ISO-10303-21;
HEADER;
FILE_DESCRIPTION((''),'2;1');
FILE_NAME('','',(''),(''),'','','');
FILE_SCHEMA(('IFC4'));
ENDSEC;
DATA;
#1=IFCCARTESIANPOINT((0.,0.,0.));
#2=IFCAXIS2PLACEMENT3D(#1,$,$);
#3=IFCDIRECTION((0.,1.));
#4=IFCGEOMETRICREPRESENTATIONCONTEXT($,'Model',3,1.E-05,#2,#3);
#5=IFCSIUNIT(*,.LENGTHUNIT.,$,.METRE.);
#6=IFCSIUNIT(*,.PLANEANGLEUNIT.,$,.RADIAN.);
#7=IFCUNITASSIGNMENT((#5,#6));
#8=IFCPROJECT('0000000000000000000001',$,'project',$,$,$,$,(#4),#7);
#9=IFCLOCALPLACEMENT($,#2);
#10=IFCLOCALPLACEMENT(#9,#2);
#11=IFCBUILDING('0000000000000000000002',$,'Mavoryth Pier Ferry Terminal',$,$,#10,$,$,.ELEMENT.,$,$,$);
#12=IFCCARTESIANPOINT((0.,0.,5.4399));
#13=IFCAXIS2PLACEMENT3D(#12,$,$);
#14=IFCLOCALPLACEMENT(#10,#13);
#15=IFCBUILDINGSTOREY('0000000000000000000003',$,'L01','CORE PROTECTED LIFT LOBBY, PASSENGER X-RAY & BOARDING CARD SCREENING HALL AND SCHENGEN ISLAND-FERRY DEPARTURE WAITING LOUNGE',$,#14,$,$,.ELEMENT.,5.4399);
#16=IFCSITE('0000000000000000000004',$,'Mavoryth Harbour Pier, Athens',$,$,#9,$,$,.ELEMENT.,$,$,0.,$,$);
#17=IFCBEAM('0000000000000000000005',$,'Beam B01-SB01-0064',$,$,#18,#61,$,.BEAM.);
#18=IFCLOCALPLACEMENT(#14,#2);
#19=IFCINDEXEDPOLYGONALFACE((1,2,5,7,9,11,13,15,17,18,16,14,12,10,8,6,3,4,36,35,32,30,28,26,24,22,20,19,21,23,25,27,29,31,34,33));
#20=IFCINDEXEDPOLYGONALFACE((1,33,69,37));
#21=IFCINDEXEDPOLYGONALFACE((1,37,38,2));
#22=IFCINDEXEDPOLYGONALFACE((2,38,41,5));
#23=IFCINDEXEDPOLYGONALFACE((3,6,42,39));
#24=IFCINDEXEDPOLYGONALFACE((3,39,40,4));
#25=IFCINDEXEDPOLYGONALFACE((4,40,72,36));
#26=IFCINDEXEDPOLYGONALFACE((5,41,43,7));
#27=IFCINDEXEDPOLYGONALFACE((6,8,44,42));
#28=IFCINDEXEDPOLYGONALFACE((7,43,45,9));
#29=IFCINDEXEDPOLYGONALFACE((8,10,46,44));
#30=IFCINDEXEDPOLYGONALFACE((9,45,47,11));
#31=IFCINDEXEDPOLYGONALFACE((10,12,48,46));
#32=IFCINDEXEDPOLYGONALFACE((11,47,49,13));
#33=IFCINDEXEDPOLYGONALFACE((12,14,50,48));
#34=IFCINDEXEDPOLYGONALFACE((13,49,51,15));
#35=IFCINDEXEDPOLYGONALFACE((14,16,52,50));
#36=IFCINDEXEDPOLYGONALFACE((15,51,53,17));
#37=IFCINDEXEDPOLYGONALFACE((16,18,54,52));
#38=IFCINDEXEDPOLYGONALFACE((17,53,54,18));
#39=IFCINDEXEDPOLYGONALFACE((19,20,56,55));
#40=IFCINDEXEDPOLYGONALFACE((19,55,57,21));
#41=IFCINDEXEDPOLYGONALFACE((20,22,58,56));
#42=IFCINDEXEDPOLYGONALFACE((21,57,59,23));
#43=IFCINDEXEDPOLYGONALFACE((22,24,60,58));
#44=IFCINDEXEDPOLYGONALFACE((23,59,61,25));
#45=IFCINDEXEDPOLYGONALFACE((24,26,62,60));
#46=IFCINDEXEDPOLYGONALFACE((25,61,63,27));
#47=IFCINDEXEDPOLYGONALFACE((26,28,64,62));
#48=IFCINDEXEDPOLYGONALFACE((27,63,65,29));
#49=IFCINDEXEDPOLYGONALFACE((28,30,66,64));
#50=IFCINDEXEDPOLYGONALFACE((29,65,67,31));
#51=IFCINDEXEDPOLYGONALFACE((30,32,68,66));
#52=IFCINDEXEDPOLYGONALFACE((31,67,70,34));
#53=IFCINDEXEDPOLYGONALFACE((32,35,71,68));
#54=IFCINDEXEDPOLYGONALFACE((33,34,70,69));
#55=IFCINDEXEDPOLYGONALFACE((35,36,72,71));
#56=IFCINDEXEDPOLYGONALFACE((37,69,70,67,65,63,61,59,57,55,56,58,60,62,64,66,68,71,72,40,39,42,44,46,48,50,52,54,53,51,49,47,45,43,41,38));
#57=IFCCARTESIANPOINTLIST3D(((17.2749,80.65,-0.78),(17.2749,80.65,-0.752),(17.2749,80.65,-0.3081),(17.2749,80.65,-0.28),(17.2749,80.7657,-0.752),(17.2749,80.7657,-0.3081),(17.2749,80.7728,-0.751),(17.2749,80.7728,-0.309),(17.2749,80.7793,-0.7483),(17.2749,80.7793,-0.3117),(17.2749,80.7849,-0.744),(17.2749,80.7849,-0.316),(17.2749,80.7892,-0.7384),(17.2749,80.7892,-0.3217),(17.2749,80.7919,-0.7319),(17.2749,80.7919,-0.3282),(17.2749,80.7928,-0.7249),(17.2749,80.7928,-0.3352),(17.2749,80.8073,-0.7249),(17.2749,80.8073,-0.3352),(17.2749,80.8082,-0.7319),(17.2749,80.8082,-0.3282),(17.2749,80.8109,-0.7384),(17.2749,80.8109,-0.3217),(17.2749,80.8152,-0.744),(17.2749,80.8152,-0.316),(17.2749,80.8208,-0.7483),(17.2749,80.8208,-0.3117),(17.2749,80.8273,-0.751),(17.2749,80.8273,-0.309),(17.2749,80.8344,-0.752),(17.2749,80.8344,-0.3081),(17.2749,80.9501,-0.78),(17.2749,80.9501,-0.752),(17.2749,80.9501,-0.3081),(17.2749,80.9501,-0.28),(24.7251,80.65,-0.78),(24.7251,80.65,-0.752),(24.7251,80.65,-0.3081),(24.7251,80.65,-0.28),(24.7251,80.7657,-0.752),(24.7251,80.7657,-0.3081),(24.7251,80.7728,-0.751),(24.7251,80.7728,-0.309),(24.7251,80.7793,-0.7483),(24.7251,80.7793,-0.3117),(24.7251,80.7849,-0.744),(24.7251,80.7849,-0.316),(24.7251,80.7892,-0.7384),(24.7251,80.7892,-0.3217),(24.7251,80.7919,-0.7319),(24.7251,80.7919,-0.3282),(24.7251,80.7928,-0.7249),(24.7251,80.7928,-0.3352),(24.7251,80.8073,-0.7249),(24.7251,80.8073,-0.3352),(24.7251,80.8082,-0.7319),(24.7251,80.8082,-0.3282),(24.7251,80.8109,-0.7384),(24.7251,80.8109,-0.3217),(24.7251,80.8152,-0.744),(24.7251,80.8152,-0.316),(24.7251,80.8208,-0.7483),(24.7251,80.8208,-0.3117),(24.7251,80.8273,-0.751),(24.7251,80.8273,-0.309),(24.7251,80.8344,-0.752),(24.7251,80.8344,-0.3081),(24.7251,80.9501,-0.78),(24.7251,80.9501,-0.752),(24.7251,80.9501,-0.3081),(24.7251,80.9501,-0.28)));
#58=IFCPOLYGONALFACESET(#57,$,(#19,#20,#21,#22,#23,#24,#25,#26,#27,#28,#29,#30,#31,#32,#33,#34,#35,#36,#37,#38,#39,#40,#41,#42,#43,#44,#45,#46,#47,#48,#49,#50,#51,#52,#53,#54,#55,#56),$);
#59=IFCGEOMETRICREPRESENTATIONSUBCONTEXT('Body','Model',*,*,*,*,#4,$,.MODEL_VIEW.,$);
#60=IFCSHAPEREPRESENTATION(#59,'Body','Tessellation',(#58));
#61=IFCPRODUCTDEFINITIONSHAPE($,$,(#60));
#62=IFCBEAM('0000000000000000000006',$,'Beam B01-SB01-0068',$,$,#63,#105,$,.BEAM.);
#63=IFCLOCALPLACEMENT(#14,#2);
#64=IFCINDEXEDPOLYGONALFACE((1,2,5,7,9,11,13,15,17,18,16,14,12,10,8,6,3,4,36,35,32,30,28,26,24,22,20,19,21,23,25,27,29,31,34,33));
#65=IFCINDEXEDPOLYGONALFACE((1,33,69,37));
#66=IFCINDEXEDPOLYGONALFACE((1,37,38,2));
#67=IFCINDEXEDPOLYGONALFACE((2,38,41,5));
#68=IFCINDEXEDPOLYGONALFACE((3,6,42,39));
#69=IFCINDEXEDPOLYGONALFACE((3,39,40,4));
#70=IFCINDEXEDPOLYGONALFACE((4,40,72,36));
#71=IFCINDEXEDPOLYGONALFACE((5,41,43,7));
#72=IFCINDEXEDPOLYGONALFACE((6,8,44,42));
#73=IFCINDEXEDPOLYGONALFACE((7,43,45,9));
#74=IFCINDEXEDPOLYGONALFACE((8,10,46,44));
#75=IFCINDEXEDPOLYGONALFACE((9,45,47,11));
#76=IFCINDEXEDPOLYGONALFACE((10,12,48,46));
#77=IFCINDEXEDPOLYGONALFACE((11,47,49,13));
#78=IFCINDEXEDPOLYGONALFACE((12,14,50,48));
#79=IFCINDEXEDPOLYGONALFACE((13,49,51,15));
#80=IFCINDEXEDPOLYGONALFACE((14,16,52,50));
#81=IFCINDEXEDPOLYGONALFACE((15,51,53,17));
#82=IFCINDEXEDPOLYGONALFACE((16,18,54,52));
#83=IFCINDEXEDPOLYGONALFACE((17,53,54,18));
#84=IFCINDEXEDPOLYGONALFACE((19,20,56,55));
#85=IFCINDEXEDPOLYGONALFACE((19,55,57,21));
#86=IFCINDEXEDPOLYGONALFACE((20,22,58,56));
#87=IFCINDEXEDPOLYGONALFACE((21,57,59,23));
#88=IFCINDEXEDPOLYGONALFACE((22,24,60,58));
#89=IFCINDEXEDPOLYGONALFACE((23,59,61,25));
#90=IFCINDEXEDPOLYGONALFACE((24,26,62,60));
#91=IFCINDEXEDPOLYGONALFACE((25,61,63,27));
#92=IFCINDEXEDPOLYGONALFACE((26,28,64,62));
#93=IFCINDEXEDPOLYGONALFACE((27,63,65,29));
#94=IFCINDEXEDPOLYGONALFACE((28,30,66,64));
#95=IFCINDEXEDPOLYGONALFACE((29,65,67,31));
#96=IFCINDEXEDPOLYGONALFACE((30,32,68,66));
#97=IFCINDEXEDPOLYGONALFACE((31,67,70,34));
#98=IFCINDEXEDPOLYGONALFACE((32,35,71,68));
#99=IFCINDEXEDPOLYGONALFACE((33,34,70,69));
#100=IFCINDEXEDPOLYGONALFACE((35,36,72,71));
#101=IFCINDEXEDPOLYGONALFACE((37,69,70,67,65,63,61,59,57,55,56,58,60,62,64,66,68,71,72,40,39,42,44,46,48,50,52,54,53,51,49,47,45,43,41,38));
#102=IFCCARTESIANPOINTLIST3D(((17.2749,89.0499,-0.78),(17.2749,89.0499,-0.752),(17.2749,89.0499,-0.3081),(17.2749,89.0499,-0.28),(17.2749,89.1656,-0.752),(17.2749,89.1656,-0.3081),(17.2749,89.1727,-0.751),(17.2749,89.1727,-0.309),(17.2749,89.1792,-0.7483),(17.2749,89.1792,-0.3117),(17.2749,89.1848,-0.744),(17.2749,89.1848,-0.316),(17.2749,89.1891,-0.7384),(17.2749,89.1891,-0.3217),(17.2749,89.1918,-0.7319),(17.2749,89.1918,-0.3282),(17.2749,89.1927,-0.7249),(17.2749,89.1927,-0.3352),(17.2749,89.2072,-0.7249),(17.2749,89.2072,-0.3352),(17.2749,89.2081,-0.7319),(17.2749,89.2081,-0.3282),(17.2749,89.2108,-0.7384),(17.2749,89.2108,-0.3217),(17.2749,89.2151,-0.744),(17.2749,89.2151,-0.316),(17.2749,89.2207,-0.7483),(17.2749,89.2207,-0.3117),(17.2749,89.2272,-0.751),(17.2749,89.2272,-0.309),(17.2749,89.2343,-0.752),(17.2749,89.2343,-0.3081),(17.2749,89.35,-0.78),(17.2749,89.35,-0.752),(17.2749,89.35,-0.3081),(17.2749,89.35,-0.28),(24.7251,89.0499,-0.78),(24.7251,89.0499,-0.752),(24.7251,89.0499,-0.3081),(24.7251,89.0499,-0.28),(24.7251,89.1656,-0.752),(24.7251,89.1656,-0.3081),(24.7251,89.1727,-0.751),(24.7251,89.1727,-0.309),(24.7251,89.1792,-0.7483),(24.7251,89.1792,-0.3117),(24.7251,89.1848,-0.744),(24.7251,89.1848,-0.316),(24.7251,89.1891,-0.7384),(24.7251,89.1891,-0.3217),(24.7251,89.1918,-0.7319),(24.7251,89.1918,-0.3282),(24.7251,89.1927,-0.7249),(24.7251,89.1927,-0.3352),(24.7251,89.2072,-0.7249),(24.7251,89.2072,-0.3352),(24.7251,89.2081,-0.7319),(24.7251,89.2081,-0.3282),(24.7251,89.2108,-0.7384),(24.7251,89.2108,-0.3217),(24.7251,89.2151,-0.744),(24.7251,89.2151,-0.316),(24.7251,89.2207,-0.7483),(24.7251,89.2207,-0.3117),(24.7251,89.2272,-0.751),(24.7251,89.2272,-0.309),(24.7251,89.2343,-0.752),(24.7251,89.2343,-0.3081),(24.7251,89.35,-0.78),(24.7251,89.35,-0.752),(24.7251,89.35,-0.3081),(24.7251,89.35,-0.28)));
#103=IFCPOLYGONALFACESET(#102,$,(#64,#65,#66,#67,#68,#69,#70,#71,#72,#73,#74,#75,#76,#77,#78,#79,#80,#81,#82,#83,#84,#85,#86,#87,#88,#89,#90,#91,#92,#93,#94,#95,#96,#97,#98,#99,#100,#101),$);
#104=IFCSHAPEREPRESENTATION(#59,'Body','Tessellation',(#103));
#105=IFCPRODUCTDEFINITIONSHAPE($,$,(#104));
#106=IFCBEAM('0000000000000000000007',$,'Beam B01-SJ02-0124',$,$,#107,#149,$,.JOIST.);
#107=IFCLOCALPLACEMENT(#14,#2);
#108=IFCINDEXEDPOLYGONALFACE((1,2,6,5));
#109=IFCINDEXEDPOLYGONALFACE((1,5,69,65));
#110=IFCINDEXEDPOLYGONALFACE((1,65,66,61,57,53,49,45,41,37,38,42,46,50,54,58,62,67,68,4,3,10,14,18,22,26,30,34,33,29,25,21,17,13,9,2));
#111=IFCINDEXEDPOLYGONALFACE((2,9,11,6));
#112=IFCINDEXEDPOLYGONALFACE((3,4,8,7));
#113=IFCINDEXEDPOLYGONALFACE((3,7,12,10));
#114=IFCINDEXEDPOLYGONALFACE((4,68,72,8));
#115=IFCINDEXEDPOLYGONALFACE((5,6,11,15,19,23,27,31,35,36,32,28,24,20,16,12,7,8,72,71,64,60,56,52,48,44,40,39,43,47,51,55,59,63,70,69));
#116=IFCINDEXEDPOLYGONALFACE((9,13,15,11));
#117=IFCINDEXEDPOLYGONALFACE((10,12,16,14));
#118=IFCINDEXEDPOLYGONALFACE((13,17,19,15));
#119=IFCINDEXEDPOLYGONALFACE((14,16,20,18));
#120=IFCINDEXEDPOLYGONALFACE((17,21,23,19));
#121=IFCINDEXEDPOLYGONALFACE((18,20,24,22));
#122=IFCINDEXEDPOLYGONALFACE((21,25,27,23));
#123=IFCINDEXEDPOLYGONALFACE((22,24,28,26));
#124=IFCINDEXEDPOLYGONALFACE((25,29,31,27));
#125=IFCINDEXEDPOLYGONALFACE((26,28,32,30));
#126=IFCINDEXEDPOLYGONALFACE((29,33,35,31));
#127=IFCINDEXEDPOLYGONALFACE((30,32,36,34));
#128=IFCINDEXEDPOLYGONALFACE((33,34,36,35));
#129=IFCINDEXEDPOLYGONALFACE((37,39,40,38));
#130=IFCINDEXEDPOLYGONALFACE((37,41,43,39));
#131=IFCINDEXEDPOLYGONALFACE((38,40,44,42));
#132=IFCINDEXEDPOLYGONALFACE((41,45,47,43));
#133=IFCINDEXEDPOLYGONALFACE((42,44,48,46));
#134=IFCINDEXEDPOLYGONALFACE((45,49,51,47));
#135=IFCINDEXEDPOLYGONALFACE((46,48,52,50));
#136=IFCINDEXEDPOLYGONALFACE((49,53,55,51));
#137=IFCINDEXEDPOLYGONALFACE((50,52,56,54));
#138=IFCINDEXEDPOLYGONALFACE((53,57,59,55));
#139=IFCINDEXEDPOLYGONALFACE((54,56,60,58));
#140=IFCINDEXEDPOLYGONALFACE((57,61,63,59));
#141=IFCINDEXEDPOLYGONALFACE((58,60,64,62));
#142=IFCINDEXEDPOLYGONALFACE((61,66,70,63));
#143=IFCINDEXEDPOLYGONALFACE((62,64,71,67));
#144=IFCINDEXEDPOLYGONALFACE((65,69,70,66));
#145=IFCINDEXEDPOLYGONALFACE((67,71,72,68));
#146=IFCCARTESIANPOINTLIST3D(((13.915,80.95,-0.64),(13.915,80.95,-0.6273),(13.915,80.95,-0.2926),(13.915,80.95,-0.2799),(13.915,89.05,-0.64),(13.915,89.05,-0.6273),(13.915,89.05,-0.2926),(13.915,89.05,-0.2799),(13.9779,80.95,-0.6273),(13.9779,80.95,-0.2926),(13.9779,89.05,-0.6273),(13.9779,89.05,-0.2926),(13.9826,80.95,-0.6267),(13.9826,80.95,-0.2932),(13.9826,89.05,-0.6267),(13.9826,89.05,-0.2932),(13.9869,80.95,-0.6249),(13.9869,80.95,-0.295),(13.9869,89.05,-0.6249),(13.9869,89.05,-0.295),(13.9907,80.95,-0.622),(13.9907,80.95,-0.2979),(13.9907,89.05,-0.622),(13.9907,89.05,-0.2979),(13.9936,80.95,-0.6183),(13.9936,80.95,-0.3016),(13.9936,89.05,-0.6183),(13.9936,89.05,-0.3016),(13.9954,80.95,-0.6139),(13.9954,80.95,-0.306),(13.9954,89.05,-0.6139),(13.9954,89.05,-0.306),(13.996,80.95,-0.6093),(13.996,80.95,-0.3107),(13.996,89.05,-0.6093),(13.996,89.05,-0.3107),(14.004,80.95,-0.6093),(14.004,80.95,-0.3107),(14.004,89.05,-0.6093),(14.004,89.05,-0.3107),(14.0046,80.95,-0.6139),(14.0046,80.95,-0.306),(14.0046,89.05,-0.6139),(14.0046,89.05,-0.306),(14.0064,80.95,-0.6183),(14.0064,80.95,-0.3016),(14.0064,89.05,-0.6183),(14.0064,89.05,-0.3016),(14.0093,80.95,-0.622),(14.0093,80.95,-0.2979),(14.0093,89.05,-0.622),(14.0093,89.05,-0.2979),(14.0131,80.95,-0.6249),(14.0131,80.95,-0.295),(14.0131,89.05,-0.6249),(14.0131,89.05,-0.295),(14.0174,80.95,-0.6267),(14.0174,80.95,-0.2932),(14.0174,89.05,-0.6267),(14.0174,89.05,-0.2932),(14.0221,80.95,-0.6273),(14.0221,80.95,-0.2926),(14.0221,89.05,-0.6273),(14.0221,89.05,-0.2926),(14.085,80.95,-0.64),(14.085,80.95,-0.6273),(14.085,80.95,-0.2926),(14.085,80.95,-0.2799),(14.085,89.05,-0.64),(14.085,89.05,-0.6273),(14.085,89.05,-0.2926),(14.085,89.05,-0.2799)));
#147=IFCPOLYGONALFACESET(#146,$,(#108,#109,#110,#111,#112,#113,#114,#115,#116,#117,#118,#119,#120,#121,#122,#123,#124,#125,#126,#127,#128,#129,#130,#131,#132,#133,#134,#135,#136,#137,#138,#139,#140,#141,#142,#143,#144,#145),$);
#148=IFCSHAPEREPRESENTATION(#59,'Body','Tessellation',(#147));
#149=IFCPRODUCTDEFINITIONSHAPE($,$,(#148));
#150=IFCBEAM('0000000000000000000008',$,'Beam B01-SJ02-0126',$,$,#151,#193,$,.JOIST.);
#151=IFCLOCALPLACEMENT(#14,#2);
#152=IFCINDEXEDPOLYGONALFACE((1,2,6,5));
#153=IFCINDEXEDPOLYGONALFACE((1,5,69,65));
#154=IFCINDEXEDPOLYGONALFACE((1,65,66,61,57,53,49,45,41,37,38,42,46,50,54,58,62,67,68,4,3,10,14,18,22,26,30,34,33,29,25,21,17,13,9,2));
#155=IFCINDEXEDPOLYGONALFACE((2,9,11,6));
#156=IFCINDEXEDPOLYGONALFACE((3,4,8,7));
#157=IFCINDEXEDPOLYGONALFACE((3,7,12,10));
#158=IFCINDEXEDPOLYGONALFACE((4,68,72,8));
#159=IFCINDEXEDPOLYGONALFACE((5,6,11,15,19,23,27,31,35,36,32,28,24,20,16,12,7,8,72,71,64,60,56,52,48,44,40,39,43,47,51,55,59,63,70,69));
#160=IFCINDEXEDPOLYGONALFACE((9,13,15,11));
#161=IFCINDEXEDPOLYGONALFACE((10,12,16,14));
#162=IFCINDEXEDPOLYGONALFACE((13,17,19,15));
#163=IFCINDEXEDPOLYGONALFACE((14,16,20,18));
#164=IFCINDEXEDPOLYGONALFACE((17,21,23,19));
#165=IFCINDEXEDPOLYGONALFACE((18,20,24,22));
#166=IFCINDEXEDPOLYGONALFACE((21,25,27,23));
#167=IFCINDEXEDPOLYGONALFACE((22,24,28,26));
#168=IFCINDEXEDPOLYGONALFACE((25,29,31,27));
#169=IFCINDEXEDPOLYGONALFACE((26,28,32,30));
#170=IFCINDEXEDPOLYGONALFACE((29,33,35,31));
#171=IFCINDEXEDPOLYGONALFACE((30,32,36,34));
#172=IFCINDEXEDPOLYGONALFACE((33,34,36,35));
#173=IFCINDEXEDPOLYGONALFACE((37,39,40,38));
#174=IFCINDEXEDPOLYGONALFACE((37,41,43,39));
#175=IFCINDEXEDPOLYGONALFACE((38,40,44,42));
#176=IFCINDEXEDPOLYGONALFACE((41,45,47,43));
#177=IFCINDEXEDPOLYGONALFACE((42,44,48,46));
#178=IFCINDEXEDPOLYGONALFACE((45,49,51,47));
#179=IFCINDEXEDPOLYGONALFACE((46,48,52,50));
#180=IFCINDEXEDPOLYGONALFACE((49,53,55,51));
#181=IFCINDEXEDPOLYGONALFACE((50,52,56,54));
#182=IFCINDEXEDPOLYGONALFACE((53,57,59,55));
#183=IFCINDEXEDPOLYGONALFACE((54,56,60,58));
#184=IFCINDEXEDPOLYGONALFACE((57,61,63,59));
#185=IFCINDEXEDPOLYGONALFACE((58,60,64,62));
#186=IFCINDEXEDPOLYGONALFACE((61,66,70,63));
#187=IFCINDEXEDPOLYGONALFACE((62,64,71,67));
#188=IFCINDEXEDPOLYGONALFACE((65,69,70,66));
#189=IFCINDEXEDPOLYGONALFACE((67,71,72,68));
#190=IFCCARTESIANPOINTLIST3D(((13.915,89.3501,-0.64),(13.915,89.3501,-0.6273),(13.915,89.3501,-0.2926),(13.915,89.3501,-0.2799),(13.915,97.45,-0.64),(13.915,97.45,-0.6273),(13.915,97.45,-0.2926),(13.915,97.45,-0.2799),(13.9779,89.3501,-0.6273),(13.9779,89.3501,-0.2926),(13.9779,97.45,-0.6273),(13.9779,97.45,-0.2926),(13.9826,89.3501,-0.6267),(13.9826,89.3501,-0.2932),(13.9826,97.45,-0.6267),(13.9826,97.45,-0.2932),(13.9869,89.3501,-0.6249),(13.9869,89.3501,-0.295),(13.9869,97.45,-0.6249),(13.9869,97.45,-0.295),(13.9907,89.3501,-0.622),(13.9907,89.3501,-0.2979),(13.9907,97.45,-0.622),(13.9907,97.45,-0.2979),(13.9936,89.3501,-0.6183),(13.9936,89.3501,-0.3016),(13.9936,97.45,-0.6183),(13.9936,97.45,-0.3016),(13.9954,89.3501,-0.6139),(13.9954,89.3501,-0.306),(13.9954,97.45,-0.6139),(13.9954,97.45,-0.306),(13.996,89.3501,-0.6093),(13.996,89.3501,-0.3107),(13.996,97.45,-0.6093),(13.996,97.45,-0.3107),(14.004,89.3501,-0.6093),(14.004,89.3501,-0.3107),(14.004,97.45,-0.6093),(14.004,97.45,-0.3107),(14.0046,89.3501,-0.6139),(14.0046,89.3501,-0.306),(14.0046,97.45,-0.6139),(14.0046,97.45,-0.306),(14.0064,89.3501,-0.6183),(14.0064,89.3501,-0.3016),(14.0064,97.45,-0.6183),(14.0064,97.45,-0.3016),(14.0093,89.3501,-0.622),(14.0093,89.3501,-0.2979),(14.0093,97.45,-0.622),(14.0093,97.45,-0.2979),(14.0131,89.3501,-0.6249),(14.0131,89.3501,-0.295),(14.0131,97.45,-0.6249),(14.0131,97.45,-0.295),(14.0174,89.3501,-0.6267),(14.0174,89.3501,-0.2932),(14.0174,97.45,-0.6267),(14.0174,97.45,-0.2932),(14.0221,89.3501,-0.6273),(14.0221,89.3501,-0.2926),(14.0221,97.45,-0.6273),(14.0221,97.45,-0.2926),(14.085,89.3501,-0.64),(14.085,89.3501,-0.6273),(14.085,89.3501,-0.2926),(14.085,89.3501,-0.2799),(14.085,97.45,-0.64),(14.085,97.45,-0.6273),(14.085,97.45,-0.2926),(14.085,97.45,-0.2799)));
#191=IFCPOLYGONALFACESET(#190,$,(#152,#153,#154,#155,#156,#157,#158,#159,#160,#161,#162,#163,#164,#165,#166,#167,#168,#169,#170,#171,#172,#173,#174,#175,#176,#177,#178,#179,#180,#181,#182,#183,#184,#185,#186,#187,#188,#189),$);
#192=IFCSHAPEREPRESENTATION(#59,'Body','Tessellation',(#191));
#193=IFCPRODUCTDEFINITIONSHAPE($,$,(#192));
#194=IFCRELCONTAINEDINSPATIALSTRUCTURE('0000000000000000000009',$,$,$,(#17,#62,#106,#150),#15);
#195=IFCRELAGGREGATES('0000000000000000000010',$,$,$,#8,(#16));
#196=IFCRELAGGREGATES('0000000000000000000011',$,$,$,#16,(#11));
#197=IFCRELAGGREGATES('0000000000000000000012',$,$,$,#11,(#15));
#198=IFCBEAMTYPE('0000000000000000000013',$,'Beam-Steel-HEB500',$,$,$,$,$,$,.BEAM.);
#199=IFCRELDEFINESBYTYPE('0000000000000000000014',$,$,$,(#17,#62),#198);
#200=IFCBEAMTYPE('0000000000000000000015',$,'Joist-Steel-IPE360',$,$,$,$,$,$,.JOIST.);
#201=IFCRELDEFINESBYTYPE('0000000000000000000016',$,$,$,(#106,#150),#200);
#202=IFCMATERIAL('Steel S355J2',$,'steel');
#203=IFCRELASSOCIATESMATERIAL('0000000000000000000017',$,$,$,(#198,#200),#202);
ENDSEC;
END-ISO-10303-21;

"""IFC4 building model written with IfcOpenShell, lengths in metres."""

from ifc_helpers import new_model, si_unit, direction, frame, origin, origin_2d, place, context, subcontext, project, spatial, i_section, extrude, material, material_profile, profile_set, type_object, element, save


model = new_model("IFC4")

# Units and contexts
model_context = context("Model", 3, precision=1e-05, world=origin(), true_north=direction((0.0, 1.0)))
body_context = subcontext(model_context, "Body", "Model", "MODEL_VIEW")
ifc_project = project(units=[si_unit("LENGTHUNIT", "METRE"), si_unit("PLANEANGLEUNIT", "RADIAN")], contexts=[model_context])

# Site, building, storey
site_placement = place(None, origin())
site = spatial("IfcSite", under=ifc_project, at=site_placement, Name="Mavoryth Harbour Pier, Athens", CompositionType="ELEMENT", RefElevation=0.0)
building_placement = place(site_placement, origin())
building = spatial("IfcBuilding", under=site, at=building_placement, Name="Mavoryth Pier Ferry Terminal", CompositionType="ELEMENT")
storey_placement = place(building_placement, frame((0.0, 0.0, 5.4399)))
storey = spatial("IfcBuildingStorey", under=building, at=storey_placement, Name="L01", Description="CORE PROTECTED LIFT LOBBY, PASSENGER X-RAY & BOARDING CARD SCREENING HALL AND SCHENGEN ISLAND-FERRY DEPARTURE WAITING LOUNGE", CompositionType="ELEMENT", Elevation=5.4399)

# Beams
ifc_material_1 = material(Name="Steel S355J2", Category="steel")
ifc_material_profile_1 = material_profile(ifc_material_1, i_section(OverallWidth=0.3, OverallDepth=0.5, WebThickness=0.0144, FlangeThickness=0.0281, FilletRadius=0.0271, at=origin_2d()), Name="HEB 500", Category="steel")
ifc_profile_set_1 = profile_set([ifc_material_profile_1], Name="Steel S355J2 - HEB 500")
beam_type_1 = type_object("IfcBeamType", Name="Beam-Steel-HEB500", PredefinedType="BEAM", material=ifc_profile_set_1)
for number, where, z_axis, x_axis, name in (
    (1, (17.2749, 80.8, -0.53), (1.0, 0.0, 0.0), (0.0, 1.0, 0.0), "Beam B01-SB01-0064"),
    (2, (17.2749, 89.2, -0.53), (1.0, 0.0, 0.0), (0.0, 1.0, 0.0), "Beam B01-SB01-0068"),
):
    element("IfcBeam", number, at=place(storey_placement, frame(where, z_axis=z_axis, x_axis=x_axis)), inside=storey, type_object=beam_type_1, Name=name, PredefinedType="BEAM", context=body_context, shape_type="SweptSolid", body=[
        extrude(i_section(OverallWidth=0.3, OverallDepth=0.5, WebThickness=0.0144, FlangeThickness=0.0281, FilletRadius=0.0271, at=origin_2d()), origin(), (0.0, 0.0, 1.0), 7.4502),
    ])
ifc_material_profile_2 = material_profile(ifc_material_1, i_section(OverallWidth=0.1699, OverallDepth=0.3601, WebThickness=0.0081, FlangeThickness=0.0127, FilletRadius=0.0181, at=origin_2d()), Name="IPE 360", Category="steel")
ifc_profile_set_2 = profile_set([ifc_material_profile_2], Name="Steel S355J2 - IPE 360")
beam_type_2 = type_object("IfcBeamType", Name="Joist-Steel-IPE360", PredefinedType="JOIST", material=ifc_profile_set_2)
beam_1_placement = place(storey_placement, frame((14.0, 80.95, -0.46), z_axis=(0.0, 1.0, 0.0), x_axis=(-1.0, 0.0, 0.0)))
element("IfcBeam", 3, at=beam_1_placement, inside=storey, type_object=beam_type_2, Name="Beam B01-SJ02-0124", PredefinedType="JOIST", context=body_context, shape_type="SweptSolid", body=[
    extrude(i_section(OverallWidth=0.1699, OverallDepth=0.3601, WebThickness=0.0081, FlangeThickness=0.0127, FilletRadius=0.0181, at=origin_2d()), origin(), (0.0, 0.0, 1.0), 8.1001),
])
beam_2_placement = place(storey_placement, frame((14.0, 89.3501, -0.46), z_axis=(0.0, 1.0, 0.0), x_axis=(-1.0, 0.0, 0.0)))
element("IfcBeam", 4, at=beam_2_placement, inside=storey, type_object=beam_type_2, Name="Beam B01-SJ02-0126", PredefinedType="JOIST", context=body_context, shape_type="SweptSolid", body=[
    extrude(i_section(OverallWidth=0.1699, OverallDepth=0.3601, WebThickness=0.0081, FlangeThickness=0.0127, FilletRadius=0.0181, at=origin_2d()), origin(), (0.0, 0.0, 1.0), 8.0999),
])

save(model, "model.ifc")
